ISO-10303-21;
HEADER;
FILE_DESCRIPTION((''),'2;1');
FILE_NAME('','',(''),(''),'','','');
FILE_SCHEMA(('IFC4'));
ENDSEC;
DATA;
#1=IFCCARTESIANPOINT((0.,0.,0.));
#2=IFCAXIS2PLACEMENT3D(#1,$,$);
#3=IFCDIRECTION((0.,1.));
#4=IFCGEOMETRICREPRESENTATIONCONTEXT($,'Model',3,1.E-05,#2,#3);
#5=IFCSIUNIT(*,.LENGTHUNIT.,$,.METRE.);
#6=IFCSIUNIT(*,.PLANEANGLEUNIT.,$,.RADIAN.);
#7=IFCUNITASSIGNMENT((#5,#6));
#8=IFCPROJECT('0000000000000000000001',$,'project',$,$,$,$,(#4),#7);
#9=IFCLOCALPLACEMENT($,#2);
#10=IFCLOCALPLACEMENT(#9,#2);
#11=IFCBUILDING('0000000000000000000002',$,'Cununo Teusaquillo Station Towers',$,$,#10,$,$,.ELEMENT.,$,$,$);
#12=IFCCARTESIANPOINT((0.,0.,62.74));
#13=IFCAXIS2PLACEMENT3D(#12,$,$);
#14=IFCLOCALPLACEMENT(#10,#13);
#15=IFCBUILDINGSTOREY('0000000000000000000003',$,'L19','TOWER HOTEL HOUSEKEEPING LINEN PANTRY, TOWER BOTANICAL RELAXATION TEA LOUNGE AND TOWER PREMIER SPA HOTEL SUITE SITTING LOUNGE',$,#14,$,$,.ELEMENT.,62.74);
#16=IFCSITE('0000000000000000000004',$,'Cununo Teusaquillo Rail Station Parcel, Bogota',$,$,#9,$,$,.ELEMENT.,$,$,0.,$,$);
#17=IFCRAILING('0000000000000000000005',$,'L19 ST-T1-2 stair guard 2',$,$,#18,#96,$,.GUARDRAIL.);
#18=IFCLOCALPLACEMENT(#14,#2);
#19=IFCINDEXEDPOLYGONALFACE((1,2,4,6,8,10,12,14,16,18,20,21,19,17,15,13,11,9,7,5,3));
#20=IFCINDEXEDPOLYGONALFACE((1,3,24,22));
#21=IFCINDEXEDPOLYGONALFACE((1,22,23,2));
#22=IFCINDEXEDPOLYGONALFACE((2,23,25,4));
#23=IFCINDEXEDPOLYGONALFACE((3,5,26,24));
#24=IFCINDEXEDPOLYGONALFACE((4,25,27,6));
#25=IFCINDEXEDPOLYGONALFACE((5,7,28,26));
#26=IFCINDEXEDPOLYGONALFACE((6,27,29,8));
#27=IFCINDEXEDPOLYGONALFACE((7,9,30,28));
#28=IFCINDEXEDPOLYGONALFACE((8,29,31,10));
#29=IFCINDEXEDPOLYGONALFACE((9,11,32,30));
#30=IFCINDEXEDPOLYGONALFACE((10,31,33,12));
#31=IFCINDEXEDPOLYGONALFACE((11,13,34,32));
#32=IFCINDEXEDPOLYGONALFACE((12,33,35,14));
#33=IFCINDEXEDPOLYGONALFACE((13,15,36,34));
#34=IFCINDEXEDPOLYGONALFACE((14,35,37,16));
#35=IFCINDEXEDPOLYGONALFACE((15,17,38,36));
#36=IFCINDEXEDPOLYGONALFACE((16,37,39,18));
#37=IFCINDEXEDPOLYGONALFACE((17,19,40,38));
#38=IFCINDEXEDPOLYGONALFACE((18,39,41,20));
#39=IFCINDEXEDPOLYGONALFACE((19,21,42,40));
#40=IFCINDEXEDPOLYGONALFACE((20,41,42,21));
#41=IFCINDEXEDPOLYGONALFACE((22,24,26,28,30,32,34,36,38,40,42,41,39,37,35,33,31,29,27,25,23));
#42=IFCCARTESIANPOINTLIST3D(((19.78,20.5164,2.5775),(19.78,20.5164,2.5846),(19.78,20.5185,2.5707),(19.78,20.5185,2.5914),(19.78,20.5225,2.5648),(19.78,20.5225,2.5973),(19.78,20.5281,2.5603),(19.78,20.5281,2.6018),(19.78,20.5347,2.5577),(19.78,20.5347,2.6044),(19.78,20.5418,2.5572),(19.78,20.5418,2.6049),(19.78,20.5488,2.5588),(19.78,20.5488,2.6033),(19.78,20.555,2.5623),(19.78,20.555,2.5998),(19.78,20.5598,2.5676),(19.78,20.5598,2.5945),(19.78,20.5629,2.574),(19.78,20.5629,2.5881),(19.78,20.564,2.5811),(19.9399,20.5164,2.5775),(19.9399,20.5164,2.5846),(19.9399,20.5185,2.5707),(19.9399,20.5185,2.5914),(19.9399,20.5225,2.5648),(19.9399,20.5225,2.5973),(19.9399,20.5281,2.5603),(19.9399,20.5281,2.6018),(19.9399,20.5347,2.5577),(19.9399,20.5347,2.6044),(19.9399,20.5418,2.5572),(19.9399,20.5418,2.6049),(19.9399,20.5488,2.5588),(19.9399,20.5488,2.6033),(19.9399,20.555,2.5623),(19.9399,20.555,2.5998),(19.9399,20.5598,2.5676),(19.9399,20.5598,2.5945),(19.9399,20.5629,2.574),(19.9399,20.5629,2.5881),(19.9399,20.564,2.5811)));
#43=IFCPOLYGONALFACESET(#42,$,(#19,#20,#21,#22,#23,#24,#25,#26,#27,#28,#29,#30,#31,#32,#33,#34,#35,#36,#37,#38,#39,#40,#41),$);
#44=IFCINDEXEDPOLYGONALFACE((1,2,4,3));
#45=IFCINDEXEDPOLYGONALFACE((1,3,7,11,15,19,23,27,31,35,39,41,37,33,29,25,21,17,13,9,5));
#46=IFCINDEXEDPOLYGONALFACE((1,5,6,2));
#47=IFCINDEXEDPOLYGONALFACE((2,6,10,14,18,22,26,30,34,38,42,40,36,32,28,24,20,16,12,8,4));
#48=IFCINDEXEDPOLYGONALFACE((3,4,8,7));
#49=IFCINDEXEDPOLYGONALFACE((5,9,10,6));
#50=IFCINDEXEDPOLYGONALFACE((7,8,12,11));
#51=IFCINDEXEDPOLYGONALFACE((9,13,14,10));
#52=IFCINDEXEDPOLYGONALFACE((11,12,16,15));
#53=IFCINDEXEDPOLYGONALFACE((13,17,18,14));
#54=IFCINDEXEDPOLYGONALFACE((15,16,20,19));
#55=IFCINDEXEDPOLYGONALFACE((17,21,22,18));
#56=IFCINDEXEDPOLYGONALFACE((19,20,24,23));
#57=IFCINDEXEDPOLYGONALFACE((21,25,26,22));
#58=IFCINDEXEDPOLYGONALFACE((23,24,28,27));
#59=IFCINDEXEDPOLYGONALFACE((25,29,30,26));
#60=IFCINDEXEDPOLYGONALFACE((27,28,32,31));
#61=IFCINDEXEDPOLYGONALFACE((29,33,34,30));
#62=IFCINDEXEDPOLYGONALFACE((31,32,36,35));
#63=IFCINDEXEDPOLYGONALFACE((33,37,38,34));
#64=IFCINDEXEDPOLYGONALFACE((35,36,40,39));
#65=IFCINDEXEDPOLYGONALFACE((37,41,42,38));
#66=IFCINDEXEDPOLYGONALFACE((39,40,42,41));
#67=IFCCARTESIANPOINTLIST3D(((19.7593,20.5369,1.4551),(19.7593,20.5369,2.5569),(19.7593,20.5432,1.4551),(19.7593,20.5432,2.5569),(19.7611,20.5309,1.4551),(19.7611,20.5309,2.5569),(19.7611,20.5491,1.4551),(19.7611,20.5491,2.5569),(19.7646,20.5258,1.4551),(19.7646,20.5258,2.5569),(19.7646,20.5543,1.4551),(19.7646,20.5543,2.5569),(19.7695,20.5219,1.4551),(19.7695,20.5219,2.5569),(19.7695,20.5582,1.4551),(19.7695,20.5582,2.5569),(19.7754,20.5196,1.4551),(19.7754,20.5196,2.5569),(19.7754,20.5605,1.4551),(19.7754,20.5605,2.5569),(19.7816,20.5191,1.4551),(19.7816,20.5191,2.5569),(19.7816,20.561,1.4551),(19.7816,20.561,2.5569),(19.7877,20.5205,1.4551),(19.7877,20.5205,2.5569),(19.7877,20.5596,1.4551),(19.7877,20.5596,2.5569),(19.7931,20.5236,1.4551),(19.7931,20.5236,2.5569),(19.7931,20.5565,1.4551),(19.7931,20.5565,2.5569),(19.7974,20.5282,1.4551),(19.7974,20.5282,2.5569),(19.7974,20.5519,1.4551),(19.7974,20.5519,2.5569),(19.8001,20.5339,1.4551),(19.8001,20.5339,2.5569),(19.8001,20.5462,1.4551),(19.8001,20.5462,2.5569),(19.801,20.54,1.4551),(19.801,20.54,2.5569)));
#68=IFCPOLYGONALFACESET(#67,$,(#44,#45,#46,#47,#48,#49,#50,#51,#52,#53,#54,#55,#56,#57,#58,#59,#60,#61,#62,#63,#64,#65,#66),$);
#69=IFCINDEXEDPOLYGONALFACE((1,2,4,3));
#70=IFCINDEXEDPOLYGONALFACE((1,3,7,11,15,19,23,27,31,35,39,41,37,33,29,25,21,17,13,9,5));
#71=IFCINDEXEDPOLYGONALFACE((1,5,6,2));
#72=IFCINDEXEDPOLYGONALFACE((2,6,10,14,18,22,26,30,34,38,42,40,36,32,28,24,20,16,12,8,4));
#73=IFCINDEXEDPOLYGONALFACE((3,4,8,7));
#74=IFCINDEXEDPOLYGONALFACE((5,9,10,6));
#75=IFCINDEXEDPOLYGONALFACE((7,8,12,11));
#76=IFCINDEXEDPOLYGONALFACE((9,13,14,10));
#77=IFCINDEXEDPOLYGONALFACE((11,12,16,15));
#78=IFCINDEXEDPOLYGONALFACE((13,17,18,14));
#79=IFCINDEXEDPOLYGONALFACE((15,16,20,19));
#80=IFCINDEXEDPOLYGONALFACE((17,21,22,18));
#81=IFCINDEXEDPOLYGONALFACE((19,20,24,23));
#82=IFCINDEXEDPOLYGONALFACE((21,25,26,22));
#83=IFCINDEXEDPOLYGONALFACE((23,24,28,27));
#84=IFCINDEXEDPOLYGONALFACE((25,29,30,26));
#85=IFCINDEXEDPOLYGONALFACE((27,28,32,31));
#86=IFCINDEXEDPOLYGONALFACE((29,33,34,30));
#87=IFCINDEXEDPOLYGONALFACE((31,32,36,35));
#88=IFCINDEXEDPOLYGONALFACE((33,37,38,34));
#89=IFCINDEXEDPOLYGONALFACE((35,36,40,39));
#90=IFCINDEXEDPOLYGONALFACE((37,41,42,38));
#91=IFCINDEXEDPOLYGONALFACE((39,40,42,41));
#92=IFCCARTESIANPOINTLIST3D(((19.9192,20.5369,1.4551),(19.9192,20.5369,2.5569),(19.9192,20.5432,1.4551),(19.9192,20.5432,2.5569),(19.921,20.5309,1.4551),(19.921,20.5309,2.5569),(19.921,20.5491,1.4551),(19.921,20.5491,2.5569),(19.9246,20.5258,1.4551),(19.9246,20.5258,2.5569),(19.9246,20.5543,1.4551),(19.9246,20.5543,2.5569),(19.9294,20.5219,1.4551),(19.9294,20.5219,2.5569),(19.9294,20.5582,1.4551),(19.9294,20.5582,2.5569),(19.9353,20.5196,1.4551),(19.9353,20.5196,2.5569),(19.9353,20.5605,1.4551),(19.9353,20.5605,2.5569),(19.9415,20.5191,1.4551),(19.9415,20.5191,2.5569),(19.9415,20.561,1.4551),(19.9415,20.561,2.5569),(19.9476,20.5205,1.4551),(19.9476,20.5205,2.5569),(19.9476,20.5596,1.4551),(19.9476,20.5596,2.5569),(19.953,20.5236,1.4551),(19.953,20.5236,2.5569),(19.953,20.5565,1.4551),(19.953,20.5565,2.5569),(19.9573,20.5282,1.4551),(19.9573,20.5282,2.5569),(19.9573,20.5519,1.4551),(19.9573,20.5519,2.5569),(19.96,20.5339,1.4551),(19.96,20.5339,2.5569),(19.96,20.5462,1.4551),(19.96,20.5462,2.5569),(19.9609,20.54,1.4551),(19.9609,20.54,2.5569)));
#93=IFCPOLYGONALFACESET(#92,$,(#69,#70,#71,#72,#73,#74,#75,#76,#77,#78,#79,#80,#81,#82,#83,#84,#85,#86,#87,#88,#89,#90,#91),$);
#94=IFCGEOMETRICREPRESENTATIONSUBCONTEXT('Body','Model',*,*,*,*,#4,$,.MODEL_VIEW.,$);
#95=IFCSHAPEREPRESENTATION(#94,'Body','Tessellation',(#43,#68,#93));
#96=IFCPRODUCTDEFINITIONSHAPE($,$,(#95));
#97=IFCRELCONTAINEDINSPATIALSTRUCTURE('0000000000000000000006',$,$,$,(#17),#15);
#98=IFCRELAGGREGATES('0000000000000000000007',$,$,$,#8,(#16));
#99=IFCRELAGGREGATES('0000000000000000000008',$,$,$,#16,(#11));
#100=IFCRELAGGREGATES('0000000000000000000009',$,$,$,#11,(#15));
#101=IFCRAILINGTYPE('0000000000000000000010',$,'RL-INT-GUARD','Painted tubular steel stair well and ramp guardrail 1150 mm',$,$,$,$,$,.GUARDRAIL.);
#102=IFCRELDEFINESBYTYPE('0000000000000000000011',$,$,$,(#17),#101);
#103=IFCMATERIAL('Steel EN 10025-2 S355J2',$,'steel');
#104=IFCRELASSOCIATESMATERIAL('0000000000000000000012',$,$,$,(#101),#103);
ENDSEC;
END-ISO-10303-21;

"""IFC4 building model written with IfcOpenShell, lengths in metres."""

from ifc_helpers import new_model, si_unit, direction, frame, origin, origin_2d, place, context, subcontext, project, spatial, circle, extrude, material, type_object, element, save


model = new_model("IFC4")

# Units and contexts
model_context = context("Model", 3, precision=1e-05, world=origin(), true_north=direction((0.0, 1.0)))
body_context = subcontext(model_context, "Body", "Model", "MODEL_VIEW")
ifc_project = project(units=[si_unit("LENGTHUNIT", "METRE"), si_unit("PLANEANGLEUNIT", "RADIAN")], contexts=[model_context])

# Site, building, storey
site_placement = place(None, origin())
site = spatial("IfcSite", under=ifc_project, at=site_placement, Name="Cununo Teusaquillo Rail Station Parcel, Bogota", CompositionType="ELEMENT", RefElevation=0.0)
building_placement = place(site_placement, origin())
building = spatial("IfcBuilding", under=site, at=building_placement, Name="Cununo Teusaquillo Station Towers", CompositionType="ELEMENT")
storey_placement = place(building_placement, frame((0.0, 0.0, 62.74)))
storey = spatial("IfcBuildingStorey", under=building, at=storey_placement, Name="L19", Description="TOWER HOTEL HOUSEKEEPING LINEN PANTRY, TOWER BOTANICAL RELAXATION TEA LOUNGE AND TOWER PREMIER SPA HOTEL SUITE SITTING LOUNGE", CompositionType="ELEMENT", Elevation=62.74)

# Railing
ifc_material_1 = material(Name="Steel EN 10025-2 S355J2", Category="steel")
railing_type_1 = type_object("IfcRailingType", Name="RL-INT-GUARD", Description="Painted tubular steel stair well and ramp guardrail 1150 mm", PredefinedType="GUARDRAIL", material=ifc_material_1)
railing_1_placement = place(storey_placement, frame((19.78, 20.54, 1.4551)))
element("IfcRailing", 1, at=railing_1_placement, inside=storey, type_object=railing_type_1, Name="L19 ST-T1-2 stair guard 2", PredefinedType="GUARDRAIL", context=body_context, shape_type="SweptSolid", body=[
    extrude(circle(Radius=0.0239, at=origin_2d()), frame((0.0, 0.0, 1.126), z_axis=(1.0, 0.0, 0.0), x_axis=(0.0, 1.0, 0.0)), (0.0, 0.0, 1.0), 0.1599),
    extrude(circle(Radius=0.021, at=origin_2d()), origin(), (0.0, 0.0, 1.0), 1.1018),
    extrude(circle(Radius=0.021, at=origin_2d()), frame((0.1599, 0.0, 0.0)), (0.0, 0.0, 1.0), 1.1018),
])

save(model, "model.ifc")
